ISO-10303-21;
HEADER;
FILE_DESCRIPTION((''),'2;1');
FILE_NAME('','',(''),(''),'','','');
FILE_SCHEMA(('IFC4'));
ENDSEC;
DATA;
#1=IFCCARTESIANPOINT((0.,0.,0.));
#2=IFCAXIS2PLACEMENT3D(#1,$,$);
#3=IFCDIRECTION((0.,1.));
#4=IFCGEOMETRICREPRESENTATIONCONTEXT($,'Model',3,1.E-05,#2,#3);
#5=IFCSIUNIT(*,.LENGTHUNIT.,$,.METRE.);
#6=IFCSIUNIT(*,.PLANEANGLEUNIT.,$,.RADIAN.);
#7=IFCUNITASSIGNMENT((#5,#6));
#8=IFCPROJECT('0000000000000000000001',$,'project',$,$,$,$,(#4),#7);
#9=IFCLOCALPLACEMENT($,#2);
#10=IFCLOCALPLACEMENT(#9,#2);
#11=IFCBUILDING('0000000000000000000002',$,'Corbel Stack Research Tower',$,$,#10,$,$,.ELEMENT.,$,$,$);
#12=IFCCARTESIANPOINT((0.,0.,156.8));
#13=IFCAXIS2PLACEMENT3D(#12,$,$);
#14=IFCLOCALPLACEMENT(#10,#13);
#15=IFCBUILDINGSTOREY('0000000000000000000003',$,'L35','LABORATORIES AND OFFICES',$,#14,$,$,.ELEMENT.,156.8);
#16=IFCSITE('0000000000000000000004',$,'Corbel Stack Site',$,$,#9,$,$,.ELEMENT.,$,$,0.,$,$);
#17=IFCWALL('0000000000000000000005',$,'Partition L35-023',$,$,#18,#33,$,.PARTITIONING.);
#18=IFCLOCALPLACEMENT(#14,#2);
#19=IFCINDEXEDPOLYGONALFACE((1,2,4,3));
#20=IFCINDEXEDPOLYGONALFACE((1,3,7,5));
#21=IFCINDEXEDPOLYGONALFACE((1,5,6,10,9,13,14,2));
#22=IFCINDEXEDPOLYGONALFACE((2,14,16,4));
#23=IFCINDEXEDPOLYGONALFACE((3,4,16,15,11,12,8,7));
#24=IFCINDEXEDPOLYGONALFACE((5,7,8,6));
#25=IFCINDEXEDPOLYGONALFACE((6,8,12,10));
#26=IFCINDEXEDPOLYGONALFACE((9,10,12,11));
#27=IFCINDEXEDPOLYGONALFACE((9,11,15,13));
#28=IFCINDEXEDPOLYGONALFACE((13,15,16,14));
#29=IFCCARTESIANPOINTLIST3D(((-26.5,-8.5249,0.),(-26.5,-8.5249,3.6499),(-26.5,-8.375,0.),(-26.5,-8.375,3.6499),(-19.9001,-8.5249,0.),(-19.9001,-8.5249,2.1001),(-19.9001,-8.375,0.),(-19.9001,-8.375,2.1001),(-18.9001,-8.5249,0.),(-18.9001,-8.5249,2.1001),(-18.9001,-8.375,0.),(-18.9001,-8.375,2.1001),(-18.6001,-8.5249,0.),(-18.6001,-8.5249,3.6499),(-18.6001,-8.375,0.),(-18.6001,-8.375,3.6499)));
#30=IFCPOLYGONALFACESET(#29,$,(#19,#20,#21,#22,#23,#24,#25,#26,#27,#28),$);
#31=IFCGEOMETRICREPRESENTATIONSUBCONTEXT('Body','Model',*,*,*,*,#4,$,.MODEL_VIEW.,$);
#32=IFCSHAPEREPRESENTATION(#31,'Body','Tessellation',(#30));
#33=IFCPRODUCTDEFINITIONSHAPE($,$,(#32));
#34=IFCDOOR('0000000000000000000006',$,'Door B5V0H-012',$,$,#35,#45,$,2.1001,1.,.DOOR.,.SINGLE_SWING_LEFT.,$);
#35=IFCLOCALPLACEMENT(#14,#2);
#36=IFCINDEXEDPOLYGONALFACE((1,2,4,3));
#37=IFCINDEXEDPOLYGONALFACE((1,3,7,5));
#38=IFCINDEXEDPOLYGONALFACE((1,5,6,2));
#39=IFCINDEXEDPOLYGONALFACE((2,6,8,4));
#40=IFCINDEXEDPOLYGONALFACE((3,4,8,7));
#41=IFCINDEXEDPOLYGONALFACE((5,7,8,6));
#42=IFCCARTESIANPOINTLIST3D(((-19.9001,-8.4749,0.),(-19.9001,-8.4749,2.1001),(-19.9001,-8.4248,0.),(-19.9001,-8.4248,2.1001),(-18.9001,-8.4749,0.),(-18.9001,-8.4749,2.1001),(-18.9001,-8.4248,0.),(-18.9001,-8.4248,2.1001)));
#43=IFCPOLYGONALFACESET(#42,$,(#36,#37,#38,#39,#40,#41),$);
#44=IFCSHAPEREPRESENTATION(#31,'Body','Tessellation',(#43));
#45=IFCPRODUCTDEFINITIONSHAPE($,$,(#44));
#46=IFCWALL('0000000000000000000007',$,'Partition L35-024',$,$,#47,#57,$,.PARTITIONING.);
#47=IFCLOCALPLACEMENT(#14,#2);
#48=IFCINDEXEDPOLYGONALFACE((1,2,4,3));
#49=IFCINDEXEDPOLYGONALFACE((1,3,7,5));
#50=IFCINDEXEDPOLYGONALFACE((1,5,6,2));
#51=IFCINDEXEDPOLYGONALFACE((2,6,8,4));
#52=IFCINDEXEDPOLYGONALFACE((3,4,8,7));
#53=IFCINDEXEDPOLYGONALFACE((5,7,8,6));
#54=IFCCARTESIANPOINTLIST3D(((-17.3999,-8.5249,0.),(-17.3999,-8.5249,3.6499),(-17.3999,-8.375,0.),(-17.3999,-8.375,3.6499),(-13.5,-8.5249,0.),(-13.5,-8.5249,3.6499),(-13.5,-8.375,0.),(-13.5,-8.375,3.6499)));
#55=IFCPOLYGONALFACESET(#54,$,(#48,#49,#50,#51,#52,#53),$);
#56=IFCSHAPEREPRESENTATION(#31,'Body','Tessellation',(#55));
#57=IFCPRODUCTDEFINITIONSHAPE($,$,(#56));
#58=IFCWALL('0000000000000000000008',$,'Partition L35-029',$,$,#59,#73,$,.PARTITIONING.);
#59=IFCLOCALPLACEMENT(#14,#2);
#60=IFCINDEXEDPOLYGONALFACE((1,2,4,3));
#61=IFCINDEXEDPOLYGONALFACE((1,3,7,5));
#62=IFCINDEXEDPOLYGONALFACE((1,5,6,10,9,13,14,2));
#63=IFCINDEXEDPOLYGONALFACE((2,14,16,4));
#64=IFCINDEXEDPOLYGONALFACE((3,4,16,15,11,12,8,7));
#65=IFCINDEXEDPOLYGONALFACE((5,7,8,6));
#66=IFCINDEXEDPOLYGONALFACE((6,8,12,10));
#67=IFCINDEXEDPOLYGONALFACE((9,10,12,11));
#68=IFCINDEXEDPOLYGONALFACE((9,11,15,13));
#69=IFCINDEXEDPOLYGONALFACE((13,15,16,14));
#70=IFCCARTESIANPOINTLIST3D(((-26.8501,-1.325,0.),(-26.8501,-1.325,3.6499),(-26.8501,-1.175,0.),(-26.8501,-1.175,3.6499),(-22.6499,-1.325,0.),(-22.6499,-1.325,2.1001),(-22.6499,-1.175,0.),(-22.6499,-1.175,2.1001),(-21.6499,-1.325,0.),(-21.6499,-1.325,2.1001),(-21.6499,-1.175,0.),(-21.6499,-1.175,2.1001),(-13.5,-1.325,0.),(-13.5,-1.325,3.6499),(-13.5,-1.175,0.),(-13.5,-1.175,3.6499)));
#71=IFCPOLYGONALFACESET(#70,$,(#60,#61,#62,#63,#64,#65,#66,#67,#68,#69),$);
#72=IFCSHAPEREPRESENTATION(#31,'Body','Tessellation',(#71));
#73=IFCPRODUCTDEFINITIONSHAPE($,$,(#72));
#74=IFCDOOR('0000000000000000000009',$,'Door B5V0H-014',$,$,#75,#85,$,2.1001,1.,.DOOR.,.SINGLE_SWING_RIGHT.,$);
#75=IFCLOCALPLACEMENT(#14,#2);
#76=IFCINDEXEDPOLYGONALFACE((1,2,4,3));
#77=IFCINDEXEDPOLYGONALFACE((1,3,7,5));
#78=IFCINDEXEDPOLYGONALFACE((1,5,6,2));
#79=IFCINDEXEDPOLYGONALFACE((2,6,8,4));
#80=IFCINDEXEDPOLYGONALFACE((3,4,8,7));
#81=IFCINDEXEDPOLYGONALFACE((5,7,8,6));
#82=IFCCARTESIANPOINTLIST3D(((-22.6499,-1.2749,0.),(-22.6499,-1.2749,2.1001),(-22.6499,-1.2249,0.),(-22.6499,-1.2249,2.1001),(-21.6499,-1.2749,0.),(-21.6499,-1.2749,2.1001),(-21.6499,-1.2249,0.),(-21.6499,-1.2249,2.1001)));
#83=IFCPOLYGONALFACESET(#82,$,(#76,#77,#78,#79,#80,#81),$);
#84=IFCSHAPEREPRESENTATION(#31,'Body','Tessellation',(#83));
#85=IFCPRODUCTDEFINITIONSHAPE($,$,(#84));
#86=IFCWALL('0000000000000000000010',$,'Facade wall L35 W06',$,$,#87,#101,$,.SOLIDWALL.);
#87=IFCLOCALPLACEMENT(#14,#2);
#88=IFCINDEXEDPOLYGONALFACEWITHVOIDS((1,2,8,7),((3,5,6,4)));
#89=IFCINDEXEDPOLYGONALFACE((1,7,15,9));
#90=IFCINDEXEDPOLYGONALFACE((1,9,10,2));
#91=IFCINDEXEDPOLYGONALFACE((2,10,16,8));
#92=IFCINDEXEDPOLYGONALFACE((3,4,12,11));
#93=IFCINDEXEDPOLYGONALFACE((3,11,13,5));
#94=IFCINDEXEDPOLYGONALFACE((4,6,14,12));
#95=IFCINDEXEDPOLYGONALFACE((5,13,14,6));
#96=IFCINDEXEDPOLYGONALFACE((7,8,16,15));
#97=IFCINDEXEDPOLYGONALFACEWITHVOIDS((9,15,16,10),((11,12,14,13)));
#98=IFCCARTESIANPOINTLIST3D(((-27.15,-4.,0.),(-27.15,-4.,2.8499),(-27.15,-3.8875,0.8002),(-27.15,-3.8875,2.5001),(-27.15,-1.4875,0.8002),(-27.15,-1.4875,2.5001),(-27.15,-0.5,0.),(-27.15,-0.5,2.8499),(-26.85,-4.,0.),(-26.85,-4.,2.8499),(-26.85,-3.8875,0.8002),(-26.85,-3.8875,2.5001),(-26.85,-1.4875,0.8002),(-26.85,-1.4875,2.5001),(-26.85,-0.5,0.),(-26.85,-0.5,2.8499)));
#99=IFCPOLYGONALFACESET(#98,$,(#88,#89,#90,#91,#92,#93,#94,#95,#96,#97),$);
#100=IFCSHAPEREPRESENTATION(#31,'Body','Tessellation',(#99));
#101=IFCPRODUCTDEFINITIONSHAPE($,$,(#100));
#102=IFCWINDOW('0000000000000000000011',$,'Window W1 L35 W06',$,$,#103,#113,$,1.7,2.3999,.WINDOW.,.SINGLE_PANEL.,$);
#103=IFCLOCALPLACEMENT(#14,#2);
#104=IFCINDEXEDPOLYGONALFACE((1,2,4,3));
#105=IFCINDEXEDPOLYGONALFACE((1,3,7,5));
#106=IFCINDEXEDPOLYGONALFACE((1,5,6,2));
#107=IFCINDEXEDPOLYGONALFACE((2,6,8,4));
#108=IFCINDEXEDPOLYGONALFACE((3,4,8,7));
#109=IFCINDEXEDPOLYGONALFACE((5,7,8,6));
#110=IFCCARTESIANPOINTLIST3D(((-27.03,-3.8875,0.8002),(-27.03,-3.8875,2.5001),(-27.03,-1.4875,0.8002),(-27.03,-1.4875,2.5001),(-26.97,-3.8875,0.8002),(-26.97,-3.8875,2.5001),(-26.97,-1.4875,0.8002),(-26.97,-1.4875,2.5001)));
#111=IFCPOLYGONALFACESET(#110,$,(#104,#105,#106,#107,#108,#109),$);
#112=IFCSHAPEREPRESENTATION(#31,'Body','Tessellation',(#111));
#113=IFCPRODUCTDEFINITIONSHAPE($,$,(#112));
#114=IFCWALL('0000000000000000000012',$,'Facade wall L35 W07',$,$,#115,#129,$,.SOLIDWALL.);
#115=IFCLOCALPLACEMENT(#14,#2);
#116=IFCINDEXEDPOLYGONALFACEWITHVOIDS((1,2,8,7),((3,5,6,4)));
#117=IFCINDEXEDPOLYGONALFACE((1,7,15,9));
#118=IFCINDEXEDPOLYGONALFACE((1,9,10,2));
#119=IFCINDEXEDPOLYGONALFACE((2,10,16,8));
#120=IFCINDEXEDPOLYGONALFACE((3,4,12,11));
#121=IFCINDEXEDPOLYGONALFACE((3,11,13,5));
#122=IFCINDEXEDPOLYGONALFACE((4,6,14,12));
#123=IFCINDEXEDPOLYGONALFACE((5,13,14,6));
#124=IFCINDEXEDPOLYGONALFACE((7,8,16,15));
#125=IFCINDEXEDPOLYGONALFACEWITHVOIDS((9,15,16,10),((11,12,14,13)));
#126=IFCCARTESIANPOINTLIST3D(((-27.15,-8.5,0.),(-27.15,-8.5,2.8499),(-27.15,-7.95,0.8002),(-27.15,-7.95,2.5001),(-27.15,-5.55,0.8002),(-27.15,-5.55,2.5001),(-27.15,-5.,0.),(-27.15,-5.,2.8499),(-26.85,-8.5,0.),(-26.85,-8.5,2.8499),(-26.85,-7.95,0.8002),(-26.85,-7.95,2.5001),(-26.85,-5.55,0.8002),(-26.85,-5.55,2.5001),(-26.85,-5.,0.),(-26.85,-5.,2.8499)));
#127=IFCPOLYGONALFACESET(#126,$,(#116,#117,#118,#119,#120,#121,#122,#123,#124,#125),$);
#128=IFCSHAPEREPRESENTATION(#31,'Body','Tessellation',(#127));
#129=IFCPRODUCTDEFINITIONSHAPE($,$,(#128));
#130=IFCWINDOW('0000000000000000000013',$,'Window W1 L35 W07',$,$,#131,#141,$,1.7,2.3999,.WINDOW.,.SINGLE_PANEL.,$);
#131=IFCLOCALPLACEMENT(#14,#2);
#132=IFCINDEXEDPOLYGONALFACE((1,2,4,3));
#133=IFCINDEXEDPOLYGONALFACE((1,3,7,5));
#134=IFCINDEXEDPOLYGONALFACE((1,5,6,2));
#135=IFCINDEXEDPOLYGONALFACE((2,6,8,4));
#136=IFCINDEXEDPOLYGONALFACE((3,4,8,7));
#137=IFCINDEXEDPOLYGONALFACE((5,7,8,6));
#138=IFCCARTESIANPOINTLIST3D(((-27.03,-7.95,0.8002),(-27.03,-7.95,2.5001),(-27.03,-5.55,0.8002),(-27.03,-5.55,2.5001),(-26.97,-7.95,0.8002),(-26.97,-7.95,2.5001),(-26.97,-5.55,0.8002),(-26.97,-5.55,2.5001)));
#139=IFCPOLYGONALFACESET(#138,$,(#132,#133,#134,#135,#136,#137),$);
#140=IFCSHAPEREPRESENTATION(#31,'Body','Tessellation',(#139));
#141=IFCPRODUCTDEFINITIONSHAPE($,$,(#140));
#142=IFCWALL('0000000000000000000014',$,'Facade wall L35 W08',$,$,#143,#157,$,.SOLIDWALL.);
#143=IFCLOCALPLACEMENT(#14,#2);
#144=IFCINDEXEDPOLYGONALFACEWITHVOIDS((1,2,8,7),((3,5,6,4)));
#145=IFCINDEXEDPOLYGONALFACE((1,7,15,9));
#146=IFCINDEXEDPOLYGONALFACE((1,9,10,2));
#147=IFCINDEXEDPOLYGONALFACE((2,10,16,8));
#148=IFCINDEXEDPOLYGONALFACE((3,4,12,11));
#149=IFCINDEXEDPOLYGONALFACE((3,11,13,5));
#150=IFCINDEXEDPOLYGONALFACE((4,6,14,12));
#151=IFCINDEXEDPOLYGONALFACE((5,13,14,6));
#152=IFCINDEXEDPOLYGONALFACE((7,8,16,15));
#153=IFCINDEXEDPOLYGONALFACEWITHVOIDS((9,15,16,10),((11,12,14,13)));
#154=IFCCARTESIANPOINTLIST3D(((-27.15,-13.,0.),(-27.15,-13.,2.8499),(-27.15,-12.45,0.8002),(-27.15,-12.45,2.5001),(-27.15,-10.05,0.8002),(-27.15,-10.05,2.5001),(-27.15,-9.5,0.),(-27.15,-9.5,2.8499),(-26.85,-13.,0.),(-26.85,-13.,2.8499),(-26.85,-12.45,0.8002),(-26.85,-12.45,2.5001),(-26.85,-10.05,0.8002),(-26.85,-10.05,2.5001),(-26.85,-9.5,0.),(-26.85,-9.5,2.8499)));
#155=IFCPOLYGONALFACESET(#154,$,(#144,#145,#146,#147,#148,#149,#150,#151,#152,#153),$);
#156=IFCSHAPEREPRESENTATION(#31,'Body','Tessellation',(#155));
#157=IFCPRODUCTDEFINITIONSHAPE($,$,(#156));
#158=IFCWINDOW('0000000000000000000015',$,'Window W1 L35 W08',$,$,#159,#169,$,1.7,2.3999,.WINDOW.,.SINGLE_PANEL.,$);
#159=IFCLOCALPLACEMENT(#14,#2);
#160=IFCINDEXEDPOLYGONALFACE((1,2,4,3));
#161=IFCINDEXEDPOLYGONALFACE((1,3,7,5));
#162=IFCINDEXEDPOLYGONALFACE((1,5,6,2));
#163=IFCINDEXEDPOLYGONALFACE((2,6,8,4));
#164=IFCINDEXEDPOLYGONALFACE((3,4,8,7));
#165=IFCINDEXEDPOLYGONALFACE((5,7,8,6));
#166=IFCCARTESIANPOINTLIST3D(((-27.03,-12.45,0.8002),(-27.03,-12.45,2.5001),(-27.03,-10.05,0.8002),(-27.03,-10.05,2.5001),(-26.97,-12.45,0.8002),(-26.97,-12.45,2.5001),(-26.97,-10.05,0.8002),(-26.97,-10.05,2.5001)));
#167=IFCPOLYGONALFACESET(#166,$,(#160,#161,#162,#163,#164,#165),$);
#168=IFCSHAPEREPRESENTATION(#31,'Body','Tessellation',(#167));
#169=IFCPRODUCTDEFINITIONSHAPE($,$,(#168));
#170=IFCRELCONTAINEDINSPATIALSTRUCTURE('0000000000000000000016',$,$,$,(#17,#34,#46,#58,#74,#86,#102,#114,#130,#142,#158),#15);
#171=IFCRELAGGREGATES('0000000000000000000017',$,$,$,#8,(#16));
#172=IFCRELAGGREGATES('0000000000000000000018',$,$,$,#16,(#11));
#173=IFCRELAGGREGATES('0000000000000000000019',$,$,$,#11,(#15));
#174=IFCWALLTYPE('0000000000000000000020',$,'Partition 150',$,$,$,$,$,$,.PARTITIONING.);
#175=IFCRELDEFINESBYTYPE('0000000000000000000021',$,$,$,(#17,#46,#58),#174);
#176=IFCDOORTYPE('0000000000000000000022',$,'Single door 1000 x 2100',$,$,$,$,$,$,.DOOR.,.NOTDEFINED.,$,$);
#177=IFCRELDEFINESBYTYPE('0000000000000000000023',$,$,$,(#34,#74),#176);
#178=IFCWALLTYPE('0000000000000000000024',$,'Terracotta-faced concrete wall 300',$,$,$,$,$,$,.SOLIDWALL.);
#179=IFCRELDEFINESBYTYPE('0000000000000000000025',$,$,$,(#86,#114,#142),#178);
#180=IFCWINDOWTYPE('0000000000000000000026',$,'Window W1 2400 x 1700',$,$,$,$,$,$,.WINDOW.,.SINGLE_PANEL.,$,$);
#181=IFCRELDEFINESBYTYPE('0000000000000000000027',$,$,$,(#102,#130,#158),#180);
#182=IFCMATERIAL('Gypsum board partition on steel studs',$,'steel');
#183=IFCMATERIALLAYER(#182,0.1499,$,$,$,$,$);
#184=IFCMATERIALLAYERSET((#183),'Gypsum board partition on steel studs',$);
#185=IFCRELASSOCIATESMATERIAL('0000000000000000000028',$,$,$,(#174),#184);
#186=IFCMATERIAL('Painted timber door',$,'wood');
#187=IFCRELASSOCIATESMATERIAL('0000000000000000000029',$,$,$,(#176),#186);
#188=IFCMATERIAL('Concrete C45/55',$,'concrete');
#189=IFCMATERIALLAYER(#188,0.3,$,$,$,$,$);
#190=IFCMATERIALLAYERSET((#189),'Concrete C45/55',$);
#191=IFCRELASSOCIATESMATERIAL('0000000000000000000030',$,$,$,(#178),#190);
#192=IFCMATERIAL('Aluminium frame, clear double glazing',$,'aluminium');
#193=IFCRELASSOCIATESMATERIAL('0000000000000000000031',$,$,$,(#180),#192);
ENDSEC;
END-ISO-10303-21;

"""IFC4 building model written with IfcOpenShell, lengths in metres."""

from ifc_helpers import new_model, si_unit, direction, frame, frame_2d, origin, place, context, subcontext, project, spatial, rectangle, extrude, material, layer, layer_set, type_object, element, fill, save


model = new_model("IFC4")

# Units and contexts
model_context = context("Model", 3, precision=1e-05, world=origin(), true_north=direction((0.0, 1.0)))
body_context = subcontext(model_context, "Body", "Model", "MODEL_VIEW")
ifc_project = project(units=[si_unit("LENGTHUNIT", "METRE"), si_unit("PLANEANGLEUNIT", "RADIAN")], contexts=[model_context])

# Site, building, storey
site_placement = place(None, origin())
site = spatial("IfcSite", under=ifc_project, at=site_placement, Name="Corbel Stack Site", CompositionType="ELEMENT", RefElevation=0.0)
building_placement = place(site_placement, origin())
building = spatial("IfcBuilding", under=site, at=building_placement, Name="Corbel Stack Research Tower", CompositionType="ELEMENT")
storey_placement = place(building_placement, frame((0.0, 0.0, 156.8)))
storey = spatial("IfcBuildingStorey", under=building, at=storey_placement, Name="L35", Description="LABORATORIES AND OFFICES", CompositionType="ELEMENT", Elevation=156.8)

# Wall, opening, door
ifc_material_1 = material(Name="Gypsum board partition on steel studs", Category="steel")
ifc_layer_1 = layer(ifc_material_1, 0.1499)
ifc_layer_set_1 = layer_set([ifc_layer_1], Name="Gypsum board partition on steel studs")
wall_type_1 = type_object("IfcWallType", Name="Partition 150", PredefinedType="PARTITIONING", material=ifc_layer_set_1)
wall_1_placement = place(storey_placement, frame((-18.6001, -8.45, 0.0), z_axis=(0.0, 0.0, 1.0), x_axis=(-1.0, 0.0, 0.0)))
wall_1 = element("IfcWall", 1, at=wall_1_placement, inside=storey, type_object=wall_type_1, Name="Partition L35-023", PredefinedType="PARTITIONING", context=body_context, shape_type="SweptSolid", body=[
    extrude(rectangle(XDim=7.8999, YDim=0.1499, at=frame_2d((3.95, 0.0))), origin(), (0.0, 0.0, 1.0), 3.6499),
])
opening_1_placement = place(wall_1_placement, frame((0.3, 0.0, 0.0)))
opening_1 = element("IfcOpeningElement", 2, at=opening_1_placement, cuts=wall_1, PredefinedType="OPENING", context=body_context, shape_type="SweptSolid", body=[
    extrude(rectangle(XDim=1.0, YDim=2.1001, at=frame_2d((0.5, 1.05))), frame((0.0, 0.085, 0.0), z_axis=(0.0, -1.0, 0.0), x_axis=(1.0, 0.0, 0.0)), (0.0, 0.0, 1.0), 0.1699),
])
ifc_material_2 = material(Name="Painted timber door", Category="wood")
door_type_1 = type_object("IfcDoorType", Name="Single door 1000 x 2100", OperationType="NOTDEFINED", PredefinedType="DOOR", material=ifc_material_2)
door_1_placement = place(opening_1_placement, origin())
door_1 = element("IfcDoor", 3, at=door_1_placement, inside=storey, type_object=door_type_1, Name="Door B5V0H-012", OperationType="SINGLE_SWING_LEFT", OverallHeight=2.1001, OverallWidth=1.0, PredefinedType="DOOR", context=body_context, shape_type="SweptSolid", body=[
    extrude(rectangle(XDim=1.0, YDim=2.1001, at=frame_2d((0.5, 1.05))), frame((0.0, 0.0249, 0.0), z_axis=(0.0, -1.0, 0.0), x_axis=(1.0, 0.0, 0.0)), (0.0, 0.0, 1.0), 0.05),
])
fill(opening_1, door_1)

# Wall
wall_2_placement = place(storey_placement, frame((-17.3999, -8.45, 0.0), z_axis=(0.0, 0.0, 1.0), x_axis=(1.0, 0.0, 0.0)))
element("IfcWall", 4, at=wall_2_placement, inside=storey, type_object=wall_type_1, Name="Partition L35-024", PredefinedType="PARTITIONING", context=body_context, shape_type="SweptSolid", body=[
    extrude(rectangle(XDim=3.8999, YDim=0.1499, at=frame_2d((1.95, 0.0))), origin(), (0.0, 0.0, 1.0), 3.6499),
])

# Wall, opening, door
wall_3_placement = place(storey_placement, frame((-13.5, -1.25, 0.0), z_axis=(0.0, 0.0, 1.0), x_axis=(-1.0, 0.0, 0.0)))
wall_3 = element("IfcWall", 5, at=wall_3_placement, inside=storey, type_object=wall_type_1, Name="Partition L35-029", PredefinedType="PARTITIONING", context=body_context, shape_type="SweptSolid", body=[
    extrude(rectangle(XDim=13.3501, YDim=0.1499, at=frame_2d((6.675, 0.0))), origin(), (0.0, 0.0, 1.0), 3.6499),
])
opening_2_placement = place(wall_3_placement, frame((8.1499, 0.0, 0.0)))
opening_2 = element("IfcOpeningElement", 6, at=opening_2_placement, cuts=wall_3, PredefinedType="OPENING", context=body_context, shape_type="SweptSolid", body=[
    extrude(rectangle(XDim=1.0, YDim=2.1001, at=frame_2d((0.5, 1.05))), frame((0.0, 0.085, 0.0), z_axis=(0.0, -1.0, 0.0), x_axis=(1.0, 0.0, 0.0)), (0.0, 0.0, 1.0), 0.1699),
])
door_2_placement = place(opening_2_placement, origin())
door_2 = element("IfcDoor", 7, at=door_2_placement, inside=storey, type_object=door_type_1, Name="Door B5V0H-014", OperationType="SINGLE_SWING_RIGHT", OverallHeight=2.1001, OverallWidth=1.0, PredefinedType="DOOR", context=body_context, shape_type="SweptSolid", body=[
    extrude(rectangle(XDim=1.0, YDim=2.1001, at=frame_2d((0.5, 1.05))), frame((0.0, 0.0249, 0.0), z_axis=(0.0, -1.0, 0.0), x_axis=(1.0, 0.0, 0.0)), (0.0, 0.0, 1.0), 0.05),
])
fill(opening_2, door_2)

# Walls, openings, windows
ifc_material_3 = material(Name="Concrete C45/55", Category="concrete")
ifc_layer_2 = layer(ifc_material_3, 0.3)
ifc_layer_set_2 = layer_set([ifc_layer_2], Name="Concrete C45/55")
wall_type_2 = type_object("IfcWallType", Name="Terracotta-faced concrete wall 300", PredefinedType="SOLIDWALL", material=ifc_layer_set_2)
wall_4_placement = place(storey_placement, frame((-27.0, -4.0, 0.0), z_axis=(0.0, 0.0, 1.0), x_axis=(0.0, 1.0, 0.0)))
wall_4 = element("IfcWall", 8, at=wall_4_placement, inside=storey, type_object=wall_type_2, Name="Facade wall L35 W06", PredefinedType="SOLIDWALL", context=body_context, shape_type="SweptSolid", body=[
    extrude(rectangle(XDim=3.5, YDim=0.3, at=frame_2d((1.75, 0.0))), origin(), (0.0, 0.0, 1.0), 2.8499),
])
opening_3_placement = place(wall_4_placement, frame((0.1125, 0.0, 0.8)))
opening_3 = element("IfcOpeningElement", 9, at=opening_3_placement, cuts=wall_4, PredefinedType="OPENING", context=body_context, shape_type="SweptSolid", body=[
    extrude(rectangle(XDim=2.3999, YDim=1.7, at=frame_2d((1.2, 0.8501))), frame((0.0, 0.1599, 0.0), z_axis=(0.0, -1.0, 0.0), x_axis=(1.0, 0.0, 0.0)), (0.0, 0.0, 1.0), 0.3201),
])
ifc_material_4 = material(Name="Aluminium frame, clear double glazing", Category="aluminium")
window_type = type_object("IfcWindowType", Name="Window W1 2400 x 1700", PartitioningType="SINGLE_PANEL", PredefinedType="WINDOW", material=ifc_material_4)
window_1_placement = place(opening_3_placement, origin())
window_1 = element("IfcWindow", 10, at=window_1_placement, inside=storey, type_object=window_type, Name="Window W1 L35 W06", OverallHeight=1.7, OverallWidth=2.3999, PartitioningType="SINGLE_PANEL", PredefinedType="WINDOW", context=body_context, shape_type="SweptSolid", body=[
    extrude(rectangle(XDim=2.3999, YDim=1.7, at=frame_2d((1.2, 0.8501))), frame((0.0, 0.03, 0.0), z_axis=(0.0, -1.0, 0.0), x_axis=(1.0, 0.0, 0.0)), (0.0, 0.0, 1.0), 0.0601),
])
fill(opening_3, window_1)
wall_5_placement = place(storey_placement, frame((-27.0, -8.5, 0.0), z_axis=(0.0, 0.0, 1.0), x_axis=(0.0, 1.0, 0.0)))
wall_5 = element("IfcWall", 11, at=wall_5_placement, inside=storey, type_object=wall_type_2, Name="Facade wall L35 W07", PredefinedType="SOLIDWALL", context=body_context, shape_type="SweptSolid", body=[
    extrude(rectangle(XDim=3.5, YDim=0.3, at=frame_2d((1.75, 0.0))), origin(), (0.0, 0.0, 1.0), 2.8499),
])
opening_4_placement = place(wall_5_placement, frame((0.55, 0.0, 0.8)))
opening_4 = element("IfcOpeningElement", 12, at=opening_4_placement, cuts=wall_5, PredefinedType="OPENING", context=body_context, shape_type="SweptSolid", body=[
    extrude(rectangle(XDim=2.3999, YDim=1.7, at=frame_2d((1.2, 0.8501))), frame((0.0, 0.1599, 0.0), z_axis=(0.0, -1.0, 0.0), x_axis=(1.0, 0.0, 0.0)), (0.0, 0.0, 1.0), 0.3201),
])
window_2_placement = place(opening_4_placement, origin())
window_2 = element("IfcWindow", 13, at=window_2_placement, inside=storey, type_object=window_type, Name="Window W1 L35 W07", OverallHeight=1.7, OverallWidth=2.3999, PartitioningType="SINGLE_PANEL", PredefinedType="WINDOW", context=body_context, shape_type="SweptSolid", body=[
    extrude(rectangle(XDim=2.3999, YDim=1.7, at=frame_2d((1.2, 0.8501))), frame((0.0, 0.03, 0.0), z_axis=(0.0, -1.0, 0.0), x_axis=(1.0, 0.0, 0.0)), (0.0, 0.0, 1.0), 0.0601),
])
fill(opening_4, window_2)
wall_6_placement = place(storey_placement, frame((-27.0, -13.0, 0.0), z_axis=(0.0, 0.0, 1.0), x_axis=(0.0, 1.0, 0.0)))
wall_6 = element("IfcWall", 14, at=wall_6_placement, inside=storey, type_object=wall_type_2, Name="Facade wall L35 W08", PredefinedType="SOLIDWALL", context=body_context, shape_type="SweptSolid", body=[
    extrude(rectangle(XDim=3.5, YDim=0.3, at=frame_2d((1.75, 0.0))), origin(), (0.0, 0.0, 1.0), 2.8499),
])
opening_5_placement = place(wall_6_placement, frame((0.55, 0.0, 0.8)))
opening_5 = element("IfcOpeningElement", 15, at=opening_5_placement, cuts=wall_6, PredefinedType="OPENING", context=body_context, shape_type="SweptSolid", body=[
    extrude(rectangle(XDim=2.3999, YDim=1.7, at=frame_2d((1.2, 0.8501))), frame((0.0, 0.1599, 0.0), z_axis=(0.0, -1.0, 0.0), x_axis=(1.0, 0.0, 0.0)), (0.0, 0.0, 1.0), 0.3201),
])
window_3_placement = place(opening_5_placement, origin())
window_3 = element("IfcWindow", 16, at=window_3_placement, inside=storey, type_object=window_type, Name="Window W1 L35 W08", OverallHeight=1.7, OverallWidth=2.3999, PartitioningType="SINGLE_PANEL", PredefinedType="WINDOW", context=body_context, shape_type="SweptSolid", body=[
    extrude(rectangle(XDim=2.3999, YDim=1.7, at=frame_2d((1.2, 0.8501))), frame((0.0, 0.03, 0.0), z_axis=(0.0, -1.0, 0.0), x_axis=(1.0, 0.0, 0.0)), (0.0, 0.0, 1.0), 0.0601),
])
fill(opening_5, window_3)

save(model, "model.ifc")
